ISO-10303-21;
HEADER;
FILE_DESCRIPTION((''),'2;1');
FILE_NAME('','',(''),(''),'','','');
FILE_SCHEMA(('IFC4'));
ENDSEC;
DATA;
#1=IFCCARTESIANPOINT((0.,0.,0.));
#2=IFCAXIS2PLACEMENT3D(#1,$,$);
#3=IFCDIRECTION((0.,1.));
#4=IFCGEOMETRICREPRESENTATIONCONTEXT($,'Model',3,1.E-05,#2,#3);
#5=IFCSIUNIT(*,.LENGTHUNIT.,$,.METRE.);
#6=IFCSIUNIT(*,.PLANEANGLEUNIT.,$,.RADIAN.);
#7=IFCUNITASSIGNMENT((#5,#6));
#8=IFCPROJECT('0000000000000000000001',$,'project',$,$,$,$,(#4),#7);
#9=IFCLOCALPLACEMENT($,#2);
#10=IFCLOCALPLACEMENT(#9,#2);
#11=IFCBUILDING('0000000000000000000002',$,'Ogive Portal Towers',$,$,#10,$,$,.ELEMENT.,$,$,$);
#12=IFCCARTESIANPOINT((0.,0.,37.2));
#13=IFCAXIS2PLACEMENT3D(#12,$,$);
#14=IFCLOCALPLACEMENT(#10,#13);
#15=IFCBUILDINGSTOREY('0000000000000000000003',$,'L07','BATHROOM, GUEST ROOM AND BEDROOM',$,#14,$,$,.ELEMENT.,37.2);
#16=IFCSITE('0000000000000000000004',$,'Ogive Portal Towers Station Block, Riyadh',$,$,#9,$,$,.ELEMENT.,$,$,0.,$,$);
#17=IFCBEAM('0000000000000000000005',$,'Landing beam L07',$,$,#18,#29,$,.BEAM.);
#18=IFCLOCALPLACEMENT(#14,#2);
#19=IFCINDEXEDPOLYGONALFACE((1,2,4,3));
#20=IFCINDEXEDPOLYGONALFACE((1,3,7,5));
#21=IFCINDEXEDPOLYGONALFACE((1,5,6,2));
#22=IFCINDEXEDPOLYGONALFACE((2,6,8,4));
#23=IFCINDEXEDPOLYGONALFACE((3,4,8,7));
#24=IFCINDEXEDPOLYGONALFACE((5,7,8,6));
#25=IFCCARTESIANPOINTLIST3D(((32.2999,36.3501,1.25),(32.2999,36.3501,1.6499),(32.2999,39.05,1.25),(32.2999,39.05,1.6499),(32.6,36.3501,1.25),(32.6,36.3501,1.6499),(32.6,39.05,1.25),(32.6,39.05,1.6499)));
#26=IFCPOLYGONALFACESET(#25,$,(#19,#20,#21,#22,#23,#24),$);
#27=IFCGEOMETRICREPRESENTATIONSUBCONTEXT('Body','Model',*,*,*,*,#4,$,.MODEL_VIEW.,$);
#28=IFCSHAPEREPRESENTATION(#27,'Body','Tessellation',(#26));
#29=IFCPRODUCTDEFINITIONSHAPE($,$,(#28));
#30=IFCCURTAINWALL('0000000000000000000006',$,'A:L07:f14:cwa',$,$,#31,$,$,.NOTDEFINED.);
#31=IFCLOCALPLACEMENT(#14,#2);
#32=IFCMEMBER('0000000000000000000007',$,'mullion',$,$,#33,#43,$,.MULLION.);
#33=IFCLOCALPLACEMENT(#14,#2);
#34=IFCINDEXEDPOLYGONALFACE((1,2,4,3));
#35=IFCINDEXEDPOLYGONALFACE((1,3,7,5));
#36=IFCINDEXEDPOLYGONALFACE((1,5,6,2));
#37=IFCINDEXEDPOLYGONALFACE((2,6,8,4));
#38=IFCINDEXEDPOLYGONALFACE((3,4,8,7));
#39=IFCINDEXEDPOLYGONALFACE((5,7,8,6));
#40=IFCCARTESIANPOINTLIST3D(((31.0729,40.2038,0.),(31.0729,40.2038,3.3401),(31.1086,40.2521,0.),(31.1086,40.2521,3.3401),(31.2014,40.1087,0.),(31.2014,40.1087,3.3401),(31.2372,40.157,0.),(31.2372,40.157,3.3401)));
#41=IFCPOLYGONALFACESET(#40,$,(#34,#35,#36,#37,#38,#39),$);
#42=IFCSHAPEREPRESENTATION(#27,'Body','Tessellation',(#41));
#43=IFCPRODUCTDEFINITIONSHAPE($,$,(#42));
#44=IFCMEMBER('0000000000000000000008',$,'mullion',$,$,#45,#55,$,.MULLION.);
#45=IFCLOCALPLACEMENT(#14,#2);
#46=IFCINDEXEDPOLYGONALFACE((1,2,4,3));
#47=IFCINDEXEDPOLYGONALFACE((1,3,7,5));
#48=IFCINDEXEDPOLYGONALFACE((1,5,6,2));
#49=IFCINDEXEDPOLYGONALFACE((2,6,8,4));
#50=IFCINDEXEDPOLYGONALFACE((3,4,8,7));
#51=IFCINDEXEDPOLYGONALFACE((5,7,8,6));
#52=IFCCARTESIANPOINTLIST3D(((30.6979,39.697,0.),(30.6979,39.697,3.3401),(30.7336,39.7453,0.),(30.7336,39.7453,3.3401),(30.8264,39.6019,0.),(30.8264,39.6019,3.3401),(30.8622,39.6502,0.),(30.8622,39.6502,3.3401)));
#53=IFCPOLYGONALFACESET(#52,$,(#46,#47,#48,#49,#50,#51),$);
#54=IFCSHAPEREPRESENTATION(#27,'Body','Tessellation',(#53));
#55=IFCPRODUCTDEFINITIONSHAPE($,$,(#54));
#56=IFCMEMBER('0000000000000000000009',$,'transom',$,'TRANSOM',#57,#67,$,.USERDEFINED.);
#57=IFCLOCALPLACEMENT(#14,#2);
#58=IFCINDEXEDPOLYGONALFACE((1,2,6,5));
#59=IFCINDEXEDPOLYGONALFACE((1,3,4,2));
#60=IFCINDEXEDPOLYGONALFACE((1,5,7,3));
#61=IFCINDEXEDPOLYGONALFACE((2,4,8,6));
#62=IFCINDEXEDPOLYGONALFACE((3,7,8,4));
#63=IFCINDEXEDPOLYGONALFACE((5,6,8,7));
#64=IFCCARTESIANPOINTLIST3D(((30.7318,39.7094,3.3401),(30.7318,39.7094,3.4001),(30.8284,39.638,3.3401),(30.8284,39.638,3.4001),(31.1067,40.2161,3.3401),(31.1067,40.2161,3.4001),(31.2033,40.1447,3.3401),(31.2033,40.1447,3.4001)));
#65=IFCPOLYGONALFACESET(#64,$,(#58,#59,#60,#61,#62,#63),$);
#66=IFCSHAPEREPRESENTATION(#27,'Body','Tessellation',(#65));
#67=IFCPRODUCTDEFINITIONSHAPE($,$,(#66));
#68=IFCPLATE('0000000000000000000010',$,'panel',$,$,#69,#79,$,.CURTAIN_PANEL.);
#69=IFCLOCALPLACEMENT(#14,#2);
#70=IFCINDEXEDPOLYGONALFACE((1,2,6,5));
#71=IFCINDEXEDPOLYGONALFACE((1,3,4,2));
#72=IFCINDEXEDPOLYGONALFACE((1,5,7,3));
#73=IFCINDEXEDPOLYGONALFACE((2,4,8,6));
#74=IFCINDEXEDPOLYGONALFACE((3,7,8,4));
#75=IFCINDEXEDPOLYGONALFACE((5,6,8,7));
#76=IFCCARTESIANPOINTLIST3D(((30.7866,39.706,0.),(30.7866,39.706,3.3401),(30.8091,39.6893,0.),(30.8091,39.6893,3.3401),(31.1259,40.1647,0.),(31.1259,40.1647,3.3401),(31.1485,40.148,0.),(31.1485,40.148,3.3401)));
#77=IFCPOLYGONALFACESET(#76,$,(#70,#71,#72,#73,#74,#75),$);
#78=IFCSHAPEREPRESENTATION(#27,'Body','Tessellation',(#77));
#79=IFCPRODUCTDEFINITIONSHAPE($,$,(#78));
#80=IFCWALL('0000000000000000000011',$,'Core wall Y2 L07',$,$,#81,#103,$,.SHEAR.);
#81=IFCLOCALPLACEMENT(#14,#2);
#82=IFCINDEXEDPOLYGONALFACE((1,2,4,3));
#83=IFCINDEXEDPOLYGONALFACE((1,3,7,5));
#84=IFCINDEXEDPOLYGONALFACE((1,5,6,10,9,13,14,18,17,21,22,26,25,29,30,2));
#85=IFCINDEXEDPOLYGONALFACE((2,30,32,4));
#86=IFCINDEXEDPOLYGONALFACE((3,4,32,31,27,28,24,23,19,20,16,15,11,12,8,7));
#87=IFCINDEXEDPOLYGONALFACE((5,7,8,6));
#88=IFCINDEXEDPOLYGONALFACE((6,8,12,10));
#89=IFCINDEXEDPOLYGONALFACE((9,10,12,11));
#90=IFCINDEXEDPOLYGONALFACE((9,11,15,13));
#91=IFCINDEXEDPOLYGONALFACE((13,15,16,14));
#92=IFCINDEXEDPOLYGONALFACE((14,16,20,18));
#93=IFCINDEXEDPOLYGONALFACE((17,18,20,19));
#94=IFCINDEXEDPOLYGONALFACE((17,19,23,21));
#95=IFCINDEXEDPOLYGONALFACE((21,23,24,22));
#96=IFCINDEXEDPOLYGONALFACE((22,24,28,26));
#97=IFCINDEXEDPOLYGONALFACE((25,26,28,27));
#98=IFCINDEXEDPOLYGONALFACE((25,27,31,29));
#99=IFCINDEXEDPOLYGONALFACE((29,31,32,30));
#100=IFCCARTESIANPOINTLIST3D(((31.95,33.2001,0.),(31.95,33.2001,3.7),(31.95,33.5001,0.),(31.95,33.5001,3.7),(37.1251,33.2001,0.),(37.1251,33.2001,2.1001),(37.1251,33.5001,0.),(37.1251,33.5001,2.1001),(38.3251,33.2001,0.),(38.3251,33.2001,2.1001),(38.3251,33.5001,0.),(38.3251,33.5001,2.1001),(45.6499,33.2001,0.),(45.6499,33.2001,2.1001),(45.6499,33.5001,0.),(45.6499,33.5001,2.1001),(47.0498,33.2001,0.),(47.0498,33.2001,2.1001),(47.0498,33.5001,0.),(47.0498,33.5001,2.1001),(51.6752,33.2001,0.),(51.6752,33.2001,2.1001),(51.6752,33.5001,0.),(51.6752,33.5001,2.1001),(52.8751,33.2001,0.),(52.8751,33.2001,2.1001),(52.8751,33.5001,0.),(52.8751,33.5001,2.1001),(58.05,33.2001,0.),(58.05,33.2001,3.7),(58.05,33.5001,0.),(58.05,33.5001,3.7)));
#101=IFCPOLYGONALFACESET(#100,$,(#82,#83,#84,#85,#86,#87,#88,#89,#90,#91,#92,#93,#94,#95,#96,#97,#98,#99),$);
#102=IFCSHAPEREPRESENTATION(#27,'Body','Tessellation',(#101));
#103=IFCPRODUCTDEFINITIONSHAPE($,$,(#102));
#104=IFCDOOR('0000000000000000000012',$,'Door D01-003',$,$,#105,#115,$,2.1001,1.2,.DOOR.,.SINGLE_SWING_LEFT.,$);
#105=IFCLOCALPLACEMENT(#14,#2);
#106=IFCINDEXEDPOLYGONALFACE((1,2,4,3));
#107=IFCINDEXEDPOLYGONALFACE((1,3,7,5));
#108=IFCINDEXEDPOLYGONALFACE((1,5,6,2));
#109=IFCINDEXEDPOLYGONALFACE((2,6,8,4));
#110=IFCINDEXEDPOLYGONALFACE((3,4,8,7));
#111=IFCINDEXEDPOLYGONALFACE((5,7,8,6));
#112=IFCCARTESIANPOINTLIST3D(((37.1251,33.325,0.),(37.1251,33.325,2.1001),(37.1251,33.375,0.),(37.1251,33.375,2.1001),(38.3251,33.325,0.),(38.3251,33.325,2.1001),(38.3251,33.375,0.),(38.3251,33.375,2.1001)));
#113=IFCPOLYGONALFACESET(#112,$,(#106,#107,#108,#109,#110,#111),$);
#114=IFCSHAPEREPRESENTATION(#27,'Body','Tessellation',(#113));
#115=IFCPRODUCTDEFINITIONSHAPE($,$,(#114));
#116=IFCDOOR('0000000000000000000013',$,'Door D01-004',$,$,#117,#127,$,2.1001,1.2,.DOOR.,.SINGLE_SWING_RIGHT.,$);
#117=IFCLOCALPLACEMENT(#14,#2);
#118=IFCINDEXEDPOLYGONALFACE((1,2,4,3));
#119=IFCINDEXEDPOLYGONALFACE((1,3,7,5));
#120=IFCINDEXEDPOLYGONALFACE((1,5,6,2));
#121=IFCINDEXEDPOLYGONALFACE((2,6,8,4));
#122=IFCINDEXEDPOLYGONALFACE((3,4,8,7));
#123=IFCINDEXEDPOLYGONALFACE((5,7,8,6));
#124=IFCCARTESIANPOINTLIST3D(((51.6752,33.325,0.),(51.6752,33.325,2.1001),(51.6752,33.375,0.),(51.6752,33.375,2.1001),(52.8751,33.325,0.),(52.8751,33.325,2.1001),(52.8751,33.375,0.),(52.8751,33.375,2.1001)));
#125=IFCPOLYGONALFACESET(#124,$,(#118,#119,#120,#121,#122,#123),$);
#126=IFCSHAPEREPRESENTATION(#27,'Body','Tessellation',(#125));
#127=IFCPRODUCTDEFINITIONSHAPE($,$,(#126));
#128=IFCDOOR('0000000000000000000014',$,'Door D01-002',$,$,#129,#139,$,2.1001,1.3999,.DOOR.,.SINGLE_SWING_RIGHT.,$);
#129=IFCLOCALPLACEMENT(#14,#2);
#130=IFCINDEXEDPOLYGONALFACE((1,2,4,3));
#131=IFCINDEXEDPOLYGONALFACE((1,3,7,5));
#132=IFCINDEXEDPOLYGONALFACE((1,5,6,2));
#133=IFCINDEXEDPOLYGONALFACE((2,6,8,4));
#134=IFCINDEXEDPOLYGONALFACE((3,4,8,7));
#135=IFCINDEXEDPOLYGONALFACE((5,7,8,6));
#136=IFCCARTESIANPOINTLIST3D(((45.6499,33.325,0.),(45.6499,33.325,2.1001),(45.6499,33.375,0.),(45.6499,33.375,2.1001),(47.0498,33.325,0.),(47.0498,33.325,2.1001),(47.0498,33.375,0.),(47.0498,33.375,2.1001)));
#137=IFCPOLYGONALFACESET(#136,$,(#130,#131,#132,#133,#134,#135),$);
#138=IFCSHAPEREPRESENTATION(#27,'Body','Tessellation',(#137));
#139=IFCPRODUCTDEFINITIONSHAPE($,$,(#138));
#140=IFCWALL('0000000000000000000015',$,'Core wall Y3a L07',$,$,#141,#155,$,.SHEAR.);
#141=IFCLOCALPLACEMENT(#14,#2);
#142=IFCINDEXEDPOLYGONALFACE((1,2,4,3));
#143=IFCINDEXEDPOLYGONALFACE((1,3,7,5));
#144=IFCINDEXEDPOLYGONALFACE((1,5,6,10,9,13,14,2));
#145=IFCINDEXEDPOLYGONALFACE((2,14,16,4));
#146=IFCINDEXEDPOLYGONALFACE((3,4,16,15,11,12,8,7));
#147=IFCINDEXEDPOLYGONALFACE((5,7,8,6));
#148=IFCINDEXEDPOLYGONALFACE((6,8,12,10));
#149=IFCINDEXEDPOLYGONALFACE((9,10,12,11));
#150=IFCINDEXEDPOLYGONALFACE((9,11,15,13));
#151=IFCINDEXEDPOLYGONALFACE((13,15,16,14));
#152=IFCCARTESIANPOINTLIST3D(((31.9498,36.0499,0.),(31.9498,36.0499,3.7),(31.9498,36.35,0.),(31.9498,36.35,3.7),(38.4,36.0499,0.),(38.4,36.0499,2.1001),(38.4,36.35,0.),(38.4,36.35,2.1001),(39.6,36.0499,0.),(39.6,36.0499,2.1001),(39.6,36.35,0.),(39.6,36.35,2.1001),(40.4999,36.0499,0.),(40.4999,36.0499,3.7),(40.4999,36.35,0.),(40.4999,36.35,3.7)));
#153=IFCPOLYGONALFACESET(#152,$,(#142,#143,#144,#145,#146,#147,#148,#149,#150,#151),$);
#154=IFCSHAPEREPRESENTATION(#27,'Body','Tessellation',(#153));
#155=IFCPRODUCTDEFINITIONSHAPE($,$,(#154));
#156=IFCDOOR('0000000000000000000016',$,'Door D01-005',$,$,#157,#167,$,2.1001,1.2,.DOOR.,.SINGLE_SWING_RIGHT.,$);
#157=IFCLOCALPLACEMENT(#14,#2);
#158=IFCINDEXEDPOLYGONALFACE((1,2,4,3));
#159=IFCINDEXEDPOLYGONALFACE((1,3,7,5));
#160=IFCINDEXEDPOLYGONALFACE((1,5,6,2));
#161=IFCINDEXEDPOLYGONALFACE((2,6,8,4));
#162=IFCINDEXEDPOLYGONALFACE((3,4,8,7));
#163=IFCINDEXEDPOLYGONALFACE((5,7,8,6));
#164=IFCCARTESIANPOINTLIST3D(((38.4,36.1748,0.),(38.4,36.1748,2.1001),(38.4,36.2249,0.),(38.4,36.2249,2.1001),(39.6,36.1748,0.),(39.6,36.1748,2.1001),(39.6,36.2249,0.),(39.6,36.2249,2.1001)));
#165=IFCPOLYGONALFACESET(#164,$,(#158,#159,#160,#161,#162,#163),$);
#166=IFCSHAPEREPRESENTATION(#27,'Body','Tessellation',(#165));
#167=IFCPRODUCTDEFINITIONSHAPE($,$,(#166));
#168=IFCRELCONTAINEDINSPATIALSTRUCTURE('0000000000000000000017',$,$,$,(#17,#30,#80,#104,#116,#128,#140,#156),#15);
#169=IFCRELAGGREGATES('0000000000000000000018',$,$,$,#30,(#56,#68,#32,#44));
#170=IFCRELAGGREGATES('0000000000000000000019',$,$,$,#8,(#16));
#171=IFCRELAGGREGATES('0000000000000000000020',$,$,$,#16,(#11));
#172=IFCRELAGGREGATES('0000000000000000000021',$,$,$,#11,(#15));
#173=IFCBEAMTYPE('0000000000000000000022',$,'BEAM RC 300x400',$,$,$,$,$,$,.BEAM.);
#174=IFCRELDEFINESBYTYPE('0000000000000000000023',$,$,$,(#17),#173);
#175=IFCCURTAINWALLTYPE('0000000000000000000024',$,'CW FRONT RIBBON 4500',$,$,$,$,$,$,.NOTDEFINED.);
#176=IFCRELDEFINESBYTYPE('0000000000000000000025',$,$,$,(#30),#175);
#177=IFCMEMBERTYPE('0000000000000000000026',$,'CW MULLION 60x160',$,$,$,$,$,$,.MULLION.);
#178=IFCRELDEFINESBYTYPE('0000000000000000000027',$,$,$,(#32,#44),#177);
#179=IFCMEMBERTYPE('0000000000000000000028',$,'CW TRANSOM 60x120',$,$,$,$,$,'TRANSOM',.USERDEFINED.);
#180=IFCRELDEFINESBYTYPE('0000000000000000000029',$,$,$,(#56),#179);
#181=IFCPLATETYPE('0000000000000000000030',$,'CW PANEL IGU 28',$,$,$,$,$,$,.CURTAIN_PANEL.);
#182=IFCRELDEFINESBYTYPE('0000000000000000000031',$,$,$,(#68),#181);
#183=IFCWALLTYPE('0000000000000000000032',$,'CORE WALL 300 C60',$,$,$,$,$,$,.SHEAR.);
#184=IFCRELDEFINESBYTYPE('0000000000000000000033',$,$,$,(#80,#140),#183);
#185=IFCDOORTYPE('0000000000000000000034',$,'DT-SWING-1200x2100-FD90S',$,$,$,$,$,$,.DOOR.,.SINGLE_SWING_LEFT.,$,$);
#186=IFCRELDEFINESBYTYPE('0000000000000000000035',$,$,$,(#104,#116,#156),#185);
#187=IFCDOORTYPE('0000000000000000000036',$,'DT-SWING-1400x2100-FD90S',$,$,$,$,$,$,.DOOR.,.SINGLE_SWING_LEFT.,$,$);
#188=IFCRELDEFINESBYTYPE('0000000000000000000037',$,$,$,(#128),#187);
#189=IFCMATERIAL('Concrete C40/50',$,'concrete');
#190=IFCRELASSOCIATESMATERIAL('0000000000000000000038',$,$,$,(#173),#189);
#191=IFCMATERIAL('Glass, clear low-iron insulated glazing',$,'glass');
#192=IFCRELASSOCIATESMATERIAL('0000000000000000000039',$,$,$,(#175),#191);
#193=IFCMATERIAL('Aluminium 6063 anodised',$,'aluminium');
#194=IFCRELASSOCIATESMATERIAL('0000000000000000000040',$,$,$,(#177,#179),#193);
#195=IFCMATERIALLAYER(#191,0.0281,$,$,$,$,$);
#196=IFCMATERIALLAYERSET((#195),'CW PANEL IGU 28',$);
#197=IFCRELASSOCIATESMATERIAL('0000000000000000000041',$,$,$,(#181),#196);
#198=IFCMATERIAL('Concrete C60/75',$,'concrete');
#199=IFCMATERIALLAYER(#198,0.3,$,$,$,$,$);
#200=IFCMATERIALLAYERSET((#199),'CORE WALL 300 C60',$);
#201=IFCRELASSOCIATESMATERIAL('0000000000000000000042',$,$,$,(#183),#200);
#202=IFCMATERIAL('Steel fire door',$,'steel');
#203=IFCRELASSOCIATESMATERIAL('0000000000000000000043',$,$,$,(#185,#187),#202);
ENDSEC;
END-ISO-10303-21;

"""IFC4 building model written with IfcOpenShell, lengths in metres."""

from ifc_helpers import new_model, si_unit, direction, frame, frame_2d, origin, origin_2d, place, context, subcontext, project, spatial, rectangle, extrude, material, layer, layer_set, material_profile, profile_set, type_object, element, fill, aggregate, save


model = new_model("IFC4")

# Units and contexts
model_context = context("Model", 3, precision=1e-05, world=origin(), true_north=direction((0.0, 1.0)))
body_context = subcontext(model_context, "Body", "Model", "MODEL_VIEW")
ifc_project = project(units=[si_unit("LENGTHUNIT", "METRE"), si_unit("PLANEANGLEUNIT", "RADIAN")], contexts=[model_context])

# Site, building, storey
site_placement = place(None, origin())
site = spatial("IfcSite", under=ifc_project, at=site_placement, Name="Ogive Portal Towers Station Block, Riyadh", CompositionType="ELEMENT", RefElevation=0.0)
building_placement = place(site_placement, origin())
building = spatial("IfcBuilding", under=site, at=building_placement, Name="Ogive Portal Towers", CompositionType="ELEMENT")
storey_placement = place(building_placement, frame((0.0, 0.0, 37.2)))
storey = spatial("IfcBuildingStorey", under=building, at=storey_placement, Name="L07", Description="BATHROOM, GUEST ROOM AND BEDROOM", CompositionType="ELEMENT", Elevation=37.2)

# Beam
ifc_material_1 = material(Name="Concrete C40/50", Category="concrete")
ifc_material_profile_1 = material_profile(ifc_material_1, rectangle(XDim=0.3, YDim=0.3999, at=origin_2d()), Name="RC 300x400")
ifc_profile_set_1 = profile_set([ifc_material_profile_1], Name="Concrete C40/50")
beam_type = type_object("IfcBeamType", Name="BEAM RC 300x400", PredefinedType="BEAM", material=ifc_profile_set_1)
beam_placement = place(storey_placement, frame((32.45, 36.3501, 1.45), z_axis=(0.0, 1.0, 0.0), x_axis=(-1.0, 0.0, 0.0)))
element("IfcBeam", 1, at=beam_placement, inside=storey, type_object=beam_type, Name="Landing beam L07", PredefinedType="BEAM", context=body_context, shape_type="SweptSolid", body=[
    extrude(rectangle(XDim=0.3, YDim=0.3999, at=origin_2d()), origin(), (0.0, 0.0, 1.0), 2.7),
])

# Curtain wall, members, plate
ifc_material_2 = material(Name="Glass, clear low-iron insulated glazing", Category="glass")
curtain_wall_type = type_object("IfcCurtainWallType", Name="CW FRONT RIBBON 4500", PredefinedType="NOTDEFINED", material=ifc_material_2)
curtain_wall_placement = place(storey_placement, origin())
curtain_wall = element("IfcCurtainWall", 2, at=curtain_wall_placement, inside=storey, type_object=curtain_wall_type, Name="A:L07:f14:cwa", PredefinedType="NOTDEFINED")
ifc_material_3 = material(Name="Aluminium 6063 anodised", Category="aluminium")
ifc_material_profile_2 = material_profile(ifc_material_3, rectangle(XDim=0.1599, YDim=0.0601, at=origin_2d()), Name="AL 60x160")
ifc_profile_set_2 = profile_set([ifc_material_profile_2], Name="Aluminium 6063 anodised")
member_type_1 = type_object("IfcMemberType", Name="CW MULLION 60x160", PredefinedType="MULLION", material=ifc_profile_set_2)
member_1_placement = place(storey_placement, frame((31.155, 40.1804, 0.0), z_axis=(0.0, 0.0, 1.0), x_axis=(0.803867, -0.594809, 0.0)))
member_1 = element("IfcMember", 3, at=member_1_placement, type_object=member_type_1, Name="mullion", PredefinedType="MULLION", context=body_context, shape_type="SweptSolid", body=[
    extrude(rectangle(XDim=0.1599, YDim=0.0601, at=origin_2d()), origin(), (0.0, 0.0, 1.0), 3.3401),
])
member_2_placement = place(storey_placement, frame((30.78, 39.6736, 0.0), z_axis=(0.0, 0.0, 1.0), x_axis=(0.803867, -0.594809, 0.0)))
member_2 = element("IfcMember", 4, at=member_2_placement, type_object=member_type_1, Name="mullion", PredefinedType="MULLION", context=body_context, shape_type="SweptSolid", body=[
    extrude(rectangle(XDim=0.1599, YDim=0.0601, at=origin_2d()), origin(), (0.0, 0.0, 1.0), 3.3401),
])
ifc_material_profile_3 = material_profile(ifc_material_3, rectangle(XDim=0.1201, YDim=0.0601, at=origin_2d()), Name="AL 120x60")
ifc_profile_set_3 = profile_set([ifc_material_profile_3], Name="Aluminium 6063 anodised")
member_type_2 = type_object("IfcMemberType", Name="CW TRANSOM 60x120", ElementType="TRANSOM", PredefinedType="USERDEFINED", material=ifc_profile_set_3)
member_3_placement = place(storey_placement, frame((31.155, 40.1804, 3.3701), z_axis=(-0.594783, -0.803886, 0.0), x_axis=(0.803886, -0.594783, 0.0)))
member_3 = element("IfcMember", 5, at=member_3_placement, type_object=member_type_2, Name="transom", ObjectType="TRANSOM", PredefinedType="USERDEFINED", context=body_context, shape_type="SweptSolid", body=[
    extrude(rectangle(XDim=0.1201, YDim=0.0601, at=origin_2d()), origin(), (0.0, 0.0, 1.0), 0.6304),
])
ifc_layer_1 = layer(ifc_material_2, 0.0281)
ifc_layer_set_1 = layer_set([ifc_layer_1], Name="CW PANEL IGU 28")
plate_type = type_object("IfcPlateType", Name="CW PANEL IGU 28", PredefinedType="CURTAIN_PANEL", material=ifc_layer_set_1)
plate_placement = place(storey_placement, frame((30.9675, 39.927, 0.0), z_axis=(0.0, 0.0, 1.0), x_axis=(-0.594809, -0.803867, 0.0)))
plate = element("IfcPlate", 6, at=plate_placement, type_object=plate_type, Name="panel", PredefinedType="CURTAIN_PANEL", context=body_context, shape_type="SweptSolid", body=[
    extrude(rectangle(XDim=0.5706, YDim=0.0281, at=origin_2d()), origin(), (0.0, 0.0, 1.0), 3.3401),
])
aggregate(curtain_wall, [member_3, plate, member_1, member_2])

# Wall, openings, doors
ifc_material_4 = material(Name="Concrete C60/75", Category="concrete")
ifc_layer_2 = layer(ifc_material_4, 0.3)
ifc_layer_set_2 = layer_set([ifc_layer_2], Name="CORE WALL 300 C60")
wall_type_1 = type_object("IfcWallType", Name="CORE WALL 300 C60", PredefinedType="SHEAR", material=ifc_layer_set_2)
wall_1_placement = place(storey_placement, frame((31.95, 33.3501, 0.0), z_axis=(0.0, 0.0, 1.0), x_axis=(1.0, 0.0, 0.0)))
wall_1 = element("IfcWall", 7, at=wall_1_placement, inside=storey, type_object=wall_type_1, Name="Core wall Y2 L07", PredefinedType="SHEAR", context=body_context, shape_type="SweptSolid", body=[
    extrude(rectangle(XDim=26.1001, YDim=0.3, at=frame_2d((13.05, 0.0))), origin(), (0.0, 0.0, 1.0), 3.7),
])
opening_1_placement = place(wall_1_placement, frame((13.7, 0.0, 0.0)))
opening_1 = element("IfcOpeningElement", 8, at=opening_1_placement, cuts=wall_1, PredefinedType="OPENING", context=body_context, shape_type="SweptSolid", body=[
    extrude(rectangle(XDim=1.3999, YDim=2.1001, at=frame_2d((0.7, 1.05))), frame((0.0, 0.1602, 0.0), z_axis=(0.0, -1.0, 0.0), x_axis=(1.0, 0.0, 0.0)), (0.0, 0.0, 1.0), 0.3201),
])
opening_2_placement = place(wall_1_placement, frame((5.175, 0.0, 0.0)))
opening_2 = element("IfcOpeningElement", 9, at=opening_2_placement, cuts=wall_1, PredefinedType="OPENING", context=body_context, shape_type="SweptSolid", body=[
    extrude(rectangle(XDim=1.2, YDim=2.1001, at=frame_2d((0.6001, 1.05))), frame((0.0, 0.1602, 0.0), z_axis=(0.0, -1.0, 0.0), x_axis=(1.0, 0.0, 0.0)), (0.0, 0.0, 1.0), 0.3201),
])
opening_3_placement = place(wall_1_placement, frame((19.7251, 0.0, 0.0)))
opening_3 = element("IfcOpeningElement", 10, at=opening_3_placement, cuts=wall_1, PredefinedType="OPENING", context=body_context, shape_type="SweptSolid", body=[
    extrude(rectangle(XDim=1.2, YDim=2.1001, at=frame_2d((0.6001, 1.05))), frame((0.0, 0.1602, 0.0), z_axis=(0.0, -1.0, 0.0), x_axis=(1.0, 0.0, 0.0)), (0.0, 0.0, 1.0), 0.3201),
])
ifc_material_5 = material(Name="Steel fire door", Category="steel")
door_type_1 = type_object("IfcDoorType", Name="DT-SWING-1200x2100-FD90S", OperationType="SINGLE_SWING_LEFT", PredefinedType="DOOR", material=ifc_material_5)
door_1_placement = place(opening_2_placement, origin())
door_1 = element("IfcDoor", 11, at=door_1_placement, inside=storey, type_object=door_type_1, Name="Door D01-003", OperationType="SINGLE_SWING_LEFT", OverallHeight=2.1001, OverallWidth=1.2, PredefinedType="DOOR", context=body_context, shape_type="SweptSolid", body=[
    extrude(rectangle(XDim=1.2, YDim=2.1001, at=frame_2d((0.6001, 1.05))), frame((0.0, 0.0249, 0.0), z_axis=(0.0, -1.0, 0.0), x_axis=(1.0, 0.0, 0.0)), (0.0, 0.0, 1.0), 0.05),
])
fill(opening_2, door_1)
door_2_placement = place(opening_3_placement, origin())
door_2 = element("IfcDoor", 12, at=door_2_placement, inside=storey, type_object=door_type_1, Name="Door D01-004", OperationType="SINGLE_SWING_RIGHT", OverallHeight=2.1001, OverallWidth=1.2, PredefinedType="DOOR", context=body_context, shape_type="SweptSolid", body=[
    extrude(rectangle(XDim=1.2, YDim=2.1001, at=frame_2d((0.6001, 1.05))), frame((0.0, 0.0249, 0.0), z_axis=(0.0, -1.0, 0.0), x_axis=(1.0, 0.0, 0.0)), (0.0, 0.0, 1.0), 0.05),
])
fill(opening_3, door_2)
door_type_2 = type_object("IfcDoorType", Name="DT-SWING-1400x2100-FD90S", OperationType="SINGLE_SWING_LEFT", PredefinedType="DOOR", material=ifc_material_5)
door_3_placement = place(opening_1_placement, origin())
door_3 = element("IfcDoor", 13, at=door_3_placement, inside=storey, type_object=door_type_2, Name="Door D01-002", OperationType="SINGLE_SWING_RIGHT", OverallHeight=2.1001, OverallWidth=1.3999, PredefinedType="DOOR", context=body_context, shape_type="SweptSolid", body=[
    extrude(rectangle(XDim=1.3999, YDim=2.1001, at=frame_2d((0.7, 1.05))), frame((0.0, 0.0249, 0.0), z_axis=(0.0, -1.0, 0.0), x_axis=(1.0, 0.0, 0.0)), (0.0, 0.0, 1.0), 0.05),
])
fill(opening_1, door_3)

# Wall, opening, door
wall_2_placement = place(storey_placement, frame((31.95, 36.2, 0.0), z_axis=(0.0, 0.0, 1.0), x_axis=(1.0, 0.0, 0.0)))
wall_2 = element("IfcWall", 14, at=wall_2_placement, inside=storey, type_object=wall_type_1, Name="Core wall Y3a L07", PredefinedType="SHEAR", context=body_context, shape_type="SweptSolid", body=[
    extrude(rectangle(XDim=8.55, YDim=0.3, at=frame_2d((4.2749, 0.0))), origin(), (0.0, 0.0, 1.0), 3.7),
])
opening_4_placement = place(wall_2_placement, frame((6.45, 0.0, 0.0)))
opening_4 = element("IfcOpeningElement", 15, at=opening_4_placement, cuts=wall_2, PredefinedType="OPENING", context=body_context, shape_type="SweptSolid", body=[
    extrude(rectangle(XDim=1.2, YDim=2.1001, at=frame_2d((0.6001, 1.05))), frame((0.0, 0.1602, 0.0), z_axis=(0.0, -1.0, 0.0), x_axis=(1.0, 0.0, 0.0)), (0.0, 0.0, 1.0), 0.3201),
])
door_4_placement = place(opening_4_placement, origin())
door_4 = element("IfcDoor", 16, at=door_4_placement, inside=storey, type_object=door_type_1, Name="Door D01-005", OperationType="SINGLE_SWING_RIGHT", OverallHeight=2.1001, OverallWidth=1.2, PredefinedType="DOOR", context=body_context, shape_type="SweptSolid", body=[
    extrude(rectangle(XDim=1.2, YDim=2.1001, at=frame_2d((0.6001, 1.05))), frame((0.0, 0.0249, 0.0), z_axis=(0.0, -1.0, 0.0), x_axis=(1.0, 0.0, 0.0)), (0.0, 0.0, 1.0), 0.05),
])
fill(opening_4, door_4)

save(model, "model.ifc")
